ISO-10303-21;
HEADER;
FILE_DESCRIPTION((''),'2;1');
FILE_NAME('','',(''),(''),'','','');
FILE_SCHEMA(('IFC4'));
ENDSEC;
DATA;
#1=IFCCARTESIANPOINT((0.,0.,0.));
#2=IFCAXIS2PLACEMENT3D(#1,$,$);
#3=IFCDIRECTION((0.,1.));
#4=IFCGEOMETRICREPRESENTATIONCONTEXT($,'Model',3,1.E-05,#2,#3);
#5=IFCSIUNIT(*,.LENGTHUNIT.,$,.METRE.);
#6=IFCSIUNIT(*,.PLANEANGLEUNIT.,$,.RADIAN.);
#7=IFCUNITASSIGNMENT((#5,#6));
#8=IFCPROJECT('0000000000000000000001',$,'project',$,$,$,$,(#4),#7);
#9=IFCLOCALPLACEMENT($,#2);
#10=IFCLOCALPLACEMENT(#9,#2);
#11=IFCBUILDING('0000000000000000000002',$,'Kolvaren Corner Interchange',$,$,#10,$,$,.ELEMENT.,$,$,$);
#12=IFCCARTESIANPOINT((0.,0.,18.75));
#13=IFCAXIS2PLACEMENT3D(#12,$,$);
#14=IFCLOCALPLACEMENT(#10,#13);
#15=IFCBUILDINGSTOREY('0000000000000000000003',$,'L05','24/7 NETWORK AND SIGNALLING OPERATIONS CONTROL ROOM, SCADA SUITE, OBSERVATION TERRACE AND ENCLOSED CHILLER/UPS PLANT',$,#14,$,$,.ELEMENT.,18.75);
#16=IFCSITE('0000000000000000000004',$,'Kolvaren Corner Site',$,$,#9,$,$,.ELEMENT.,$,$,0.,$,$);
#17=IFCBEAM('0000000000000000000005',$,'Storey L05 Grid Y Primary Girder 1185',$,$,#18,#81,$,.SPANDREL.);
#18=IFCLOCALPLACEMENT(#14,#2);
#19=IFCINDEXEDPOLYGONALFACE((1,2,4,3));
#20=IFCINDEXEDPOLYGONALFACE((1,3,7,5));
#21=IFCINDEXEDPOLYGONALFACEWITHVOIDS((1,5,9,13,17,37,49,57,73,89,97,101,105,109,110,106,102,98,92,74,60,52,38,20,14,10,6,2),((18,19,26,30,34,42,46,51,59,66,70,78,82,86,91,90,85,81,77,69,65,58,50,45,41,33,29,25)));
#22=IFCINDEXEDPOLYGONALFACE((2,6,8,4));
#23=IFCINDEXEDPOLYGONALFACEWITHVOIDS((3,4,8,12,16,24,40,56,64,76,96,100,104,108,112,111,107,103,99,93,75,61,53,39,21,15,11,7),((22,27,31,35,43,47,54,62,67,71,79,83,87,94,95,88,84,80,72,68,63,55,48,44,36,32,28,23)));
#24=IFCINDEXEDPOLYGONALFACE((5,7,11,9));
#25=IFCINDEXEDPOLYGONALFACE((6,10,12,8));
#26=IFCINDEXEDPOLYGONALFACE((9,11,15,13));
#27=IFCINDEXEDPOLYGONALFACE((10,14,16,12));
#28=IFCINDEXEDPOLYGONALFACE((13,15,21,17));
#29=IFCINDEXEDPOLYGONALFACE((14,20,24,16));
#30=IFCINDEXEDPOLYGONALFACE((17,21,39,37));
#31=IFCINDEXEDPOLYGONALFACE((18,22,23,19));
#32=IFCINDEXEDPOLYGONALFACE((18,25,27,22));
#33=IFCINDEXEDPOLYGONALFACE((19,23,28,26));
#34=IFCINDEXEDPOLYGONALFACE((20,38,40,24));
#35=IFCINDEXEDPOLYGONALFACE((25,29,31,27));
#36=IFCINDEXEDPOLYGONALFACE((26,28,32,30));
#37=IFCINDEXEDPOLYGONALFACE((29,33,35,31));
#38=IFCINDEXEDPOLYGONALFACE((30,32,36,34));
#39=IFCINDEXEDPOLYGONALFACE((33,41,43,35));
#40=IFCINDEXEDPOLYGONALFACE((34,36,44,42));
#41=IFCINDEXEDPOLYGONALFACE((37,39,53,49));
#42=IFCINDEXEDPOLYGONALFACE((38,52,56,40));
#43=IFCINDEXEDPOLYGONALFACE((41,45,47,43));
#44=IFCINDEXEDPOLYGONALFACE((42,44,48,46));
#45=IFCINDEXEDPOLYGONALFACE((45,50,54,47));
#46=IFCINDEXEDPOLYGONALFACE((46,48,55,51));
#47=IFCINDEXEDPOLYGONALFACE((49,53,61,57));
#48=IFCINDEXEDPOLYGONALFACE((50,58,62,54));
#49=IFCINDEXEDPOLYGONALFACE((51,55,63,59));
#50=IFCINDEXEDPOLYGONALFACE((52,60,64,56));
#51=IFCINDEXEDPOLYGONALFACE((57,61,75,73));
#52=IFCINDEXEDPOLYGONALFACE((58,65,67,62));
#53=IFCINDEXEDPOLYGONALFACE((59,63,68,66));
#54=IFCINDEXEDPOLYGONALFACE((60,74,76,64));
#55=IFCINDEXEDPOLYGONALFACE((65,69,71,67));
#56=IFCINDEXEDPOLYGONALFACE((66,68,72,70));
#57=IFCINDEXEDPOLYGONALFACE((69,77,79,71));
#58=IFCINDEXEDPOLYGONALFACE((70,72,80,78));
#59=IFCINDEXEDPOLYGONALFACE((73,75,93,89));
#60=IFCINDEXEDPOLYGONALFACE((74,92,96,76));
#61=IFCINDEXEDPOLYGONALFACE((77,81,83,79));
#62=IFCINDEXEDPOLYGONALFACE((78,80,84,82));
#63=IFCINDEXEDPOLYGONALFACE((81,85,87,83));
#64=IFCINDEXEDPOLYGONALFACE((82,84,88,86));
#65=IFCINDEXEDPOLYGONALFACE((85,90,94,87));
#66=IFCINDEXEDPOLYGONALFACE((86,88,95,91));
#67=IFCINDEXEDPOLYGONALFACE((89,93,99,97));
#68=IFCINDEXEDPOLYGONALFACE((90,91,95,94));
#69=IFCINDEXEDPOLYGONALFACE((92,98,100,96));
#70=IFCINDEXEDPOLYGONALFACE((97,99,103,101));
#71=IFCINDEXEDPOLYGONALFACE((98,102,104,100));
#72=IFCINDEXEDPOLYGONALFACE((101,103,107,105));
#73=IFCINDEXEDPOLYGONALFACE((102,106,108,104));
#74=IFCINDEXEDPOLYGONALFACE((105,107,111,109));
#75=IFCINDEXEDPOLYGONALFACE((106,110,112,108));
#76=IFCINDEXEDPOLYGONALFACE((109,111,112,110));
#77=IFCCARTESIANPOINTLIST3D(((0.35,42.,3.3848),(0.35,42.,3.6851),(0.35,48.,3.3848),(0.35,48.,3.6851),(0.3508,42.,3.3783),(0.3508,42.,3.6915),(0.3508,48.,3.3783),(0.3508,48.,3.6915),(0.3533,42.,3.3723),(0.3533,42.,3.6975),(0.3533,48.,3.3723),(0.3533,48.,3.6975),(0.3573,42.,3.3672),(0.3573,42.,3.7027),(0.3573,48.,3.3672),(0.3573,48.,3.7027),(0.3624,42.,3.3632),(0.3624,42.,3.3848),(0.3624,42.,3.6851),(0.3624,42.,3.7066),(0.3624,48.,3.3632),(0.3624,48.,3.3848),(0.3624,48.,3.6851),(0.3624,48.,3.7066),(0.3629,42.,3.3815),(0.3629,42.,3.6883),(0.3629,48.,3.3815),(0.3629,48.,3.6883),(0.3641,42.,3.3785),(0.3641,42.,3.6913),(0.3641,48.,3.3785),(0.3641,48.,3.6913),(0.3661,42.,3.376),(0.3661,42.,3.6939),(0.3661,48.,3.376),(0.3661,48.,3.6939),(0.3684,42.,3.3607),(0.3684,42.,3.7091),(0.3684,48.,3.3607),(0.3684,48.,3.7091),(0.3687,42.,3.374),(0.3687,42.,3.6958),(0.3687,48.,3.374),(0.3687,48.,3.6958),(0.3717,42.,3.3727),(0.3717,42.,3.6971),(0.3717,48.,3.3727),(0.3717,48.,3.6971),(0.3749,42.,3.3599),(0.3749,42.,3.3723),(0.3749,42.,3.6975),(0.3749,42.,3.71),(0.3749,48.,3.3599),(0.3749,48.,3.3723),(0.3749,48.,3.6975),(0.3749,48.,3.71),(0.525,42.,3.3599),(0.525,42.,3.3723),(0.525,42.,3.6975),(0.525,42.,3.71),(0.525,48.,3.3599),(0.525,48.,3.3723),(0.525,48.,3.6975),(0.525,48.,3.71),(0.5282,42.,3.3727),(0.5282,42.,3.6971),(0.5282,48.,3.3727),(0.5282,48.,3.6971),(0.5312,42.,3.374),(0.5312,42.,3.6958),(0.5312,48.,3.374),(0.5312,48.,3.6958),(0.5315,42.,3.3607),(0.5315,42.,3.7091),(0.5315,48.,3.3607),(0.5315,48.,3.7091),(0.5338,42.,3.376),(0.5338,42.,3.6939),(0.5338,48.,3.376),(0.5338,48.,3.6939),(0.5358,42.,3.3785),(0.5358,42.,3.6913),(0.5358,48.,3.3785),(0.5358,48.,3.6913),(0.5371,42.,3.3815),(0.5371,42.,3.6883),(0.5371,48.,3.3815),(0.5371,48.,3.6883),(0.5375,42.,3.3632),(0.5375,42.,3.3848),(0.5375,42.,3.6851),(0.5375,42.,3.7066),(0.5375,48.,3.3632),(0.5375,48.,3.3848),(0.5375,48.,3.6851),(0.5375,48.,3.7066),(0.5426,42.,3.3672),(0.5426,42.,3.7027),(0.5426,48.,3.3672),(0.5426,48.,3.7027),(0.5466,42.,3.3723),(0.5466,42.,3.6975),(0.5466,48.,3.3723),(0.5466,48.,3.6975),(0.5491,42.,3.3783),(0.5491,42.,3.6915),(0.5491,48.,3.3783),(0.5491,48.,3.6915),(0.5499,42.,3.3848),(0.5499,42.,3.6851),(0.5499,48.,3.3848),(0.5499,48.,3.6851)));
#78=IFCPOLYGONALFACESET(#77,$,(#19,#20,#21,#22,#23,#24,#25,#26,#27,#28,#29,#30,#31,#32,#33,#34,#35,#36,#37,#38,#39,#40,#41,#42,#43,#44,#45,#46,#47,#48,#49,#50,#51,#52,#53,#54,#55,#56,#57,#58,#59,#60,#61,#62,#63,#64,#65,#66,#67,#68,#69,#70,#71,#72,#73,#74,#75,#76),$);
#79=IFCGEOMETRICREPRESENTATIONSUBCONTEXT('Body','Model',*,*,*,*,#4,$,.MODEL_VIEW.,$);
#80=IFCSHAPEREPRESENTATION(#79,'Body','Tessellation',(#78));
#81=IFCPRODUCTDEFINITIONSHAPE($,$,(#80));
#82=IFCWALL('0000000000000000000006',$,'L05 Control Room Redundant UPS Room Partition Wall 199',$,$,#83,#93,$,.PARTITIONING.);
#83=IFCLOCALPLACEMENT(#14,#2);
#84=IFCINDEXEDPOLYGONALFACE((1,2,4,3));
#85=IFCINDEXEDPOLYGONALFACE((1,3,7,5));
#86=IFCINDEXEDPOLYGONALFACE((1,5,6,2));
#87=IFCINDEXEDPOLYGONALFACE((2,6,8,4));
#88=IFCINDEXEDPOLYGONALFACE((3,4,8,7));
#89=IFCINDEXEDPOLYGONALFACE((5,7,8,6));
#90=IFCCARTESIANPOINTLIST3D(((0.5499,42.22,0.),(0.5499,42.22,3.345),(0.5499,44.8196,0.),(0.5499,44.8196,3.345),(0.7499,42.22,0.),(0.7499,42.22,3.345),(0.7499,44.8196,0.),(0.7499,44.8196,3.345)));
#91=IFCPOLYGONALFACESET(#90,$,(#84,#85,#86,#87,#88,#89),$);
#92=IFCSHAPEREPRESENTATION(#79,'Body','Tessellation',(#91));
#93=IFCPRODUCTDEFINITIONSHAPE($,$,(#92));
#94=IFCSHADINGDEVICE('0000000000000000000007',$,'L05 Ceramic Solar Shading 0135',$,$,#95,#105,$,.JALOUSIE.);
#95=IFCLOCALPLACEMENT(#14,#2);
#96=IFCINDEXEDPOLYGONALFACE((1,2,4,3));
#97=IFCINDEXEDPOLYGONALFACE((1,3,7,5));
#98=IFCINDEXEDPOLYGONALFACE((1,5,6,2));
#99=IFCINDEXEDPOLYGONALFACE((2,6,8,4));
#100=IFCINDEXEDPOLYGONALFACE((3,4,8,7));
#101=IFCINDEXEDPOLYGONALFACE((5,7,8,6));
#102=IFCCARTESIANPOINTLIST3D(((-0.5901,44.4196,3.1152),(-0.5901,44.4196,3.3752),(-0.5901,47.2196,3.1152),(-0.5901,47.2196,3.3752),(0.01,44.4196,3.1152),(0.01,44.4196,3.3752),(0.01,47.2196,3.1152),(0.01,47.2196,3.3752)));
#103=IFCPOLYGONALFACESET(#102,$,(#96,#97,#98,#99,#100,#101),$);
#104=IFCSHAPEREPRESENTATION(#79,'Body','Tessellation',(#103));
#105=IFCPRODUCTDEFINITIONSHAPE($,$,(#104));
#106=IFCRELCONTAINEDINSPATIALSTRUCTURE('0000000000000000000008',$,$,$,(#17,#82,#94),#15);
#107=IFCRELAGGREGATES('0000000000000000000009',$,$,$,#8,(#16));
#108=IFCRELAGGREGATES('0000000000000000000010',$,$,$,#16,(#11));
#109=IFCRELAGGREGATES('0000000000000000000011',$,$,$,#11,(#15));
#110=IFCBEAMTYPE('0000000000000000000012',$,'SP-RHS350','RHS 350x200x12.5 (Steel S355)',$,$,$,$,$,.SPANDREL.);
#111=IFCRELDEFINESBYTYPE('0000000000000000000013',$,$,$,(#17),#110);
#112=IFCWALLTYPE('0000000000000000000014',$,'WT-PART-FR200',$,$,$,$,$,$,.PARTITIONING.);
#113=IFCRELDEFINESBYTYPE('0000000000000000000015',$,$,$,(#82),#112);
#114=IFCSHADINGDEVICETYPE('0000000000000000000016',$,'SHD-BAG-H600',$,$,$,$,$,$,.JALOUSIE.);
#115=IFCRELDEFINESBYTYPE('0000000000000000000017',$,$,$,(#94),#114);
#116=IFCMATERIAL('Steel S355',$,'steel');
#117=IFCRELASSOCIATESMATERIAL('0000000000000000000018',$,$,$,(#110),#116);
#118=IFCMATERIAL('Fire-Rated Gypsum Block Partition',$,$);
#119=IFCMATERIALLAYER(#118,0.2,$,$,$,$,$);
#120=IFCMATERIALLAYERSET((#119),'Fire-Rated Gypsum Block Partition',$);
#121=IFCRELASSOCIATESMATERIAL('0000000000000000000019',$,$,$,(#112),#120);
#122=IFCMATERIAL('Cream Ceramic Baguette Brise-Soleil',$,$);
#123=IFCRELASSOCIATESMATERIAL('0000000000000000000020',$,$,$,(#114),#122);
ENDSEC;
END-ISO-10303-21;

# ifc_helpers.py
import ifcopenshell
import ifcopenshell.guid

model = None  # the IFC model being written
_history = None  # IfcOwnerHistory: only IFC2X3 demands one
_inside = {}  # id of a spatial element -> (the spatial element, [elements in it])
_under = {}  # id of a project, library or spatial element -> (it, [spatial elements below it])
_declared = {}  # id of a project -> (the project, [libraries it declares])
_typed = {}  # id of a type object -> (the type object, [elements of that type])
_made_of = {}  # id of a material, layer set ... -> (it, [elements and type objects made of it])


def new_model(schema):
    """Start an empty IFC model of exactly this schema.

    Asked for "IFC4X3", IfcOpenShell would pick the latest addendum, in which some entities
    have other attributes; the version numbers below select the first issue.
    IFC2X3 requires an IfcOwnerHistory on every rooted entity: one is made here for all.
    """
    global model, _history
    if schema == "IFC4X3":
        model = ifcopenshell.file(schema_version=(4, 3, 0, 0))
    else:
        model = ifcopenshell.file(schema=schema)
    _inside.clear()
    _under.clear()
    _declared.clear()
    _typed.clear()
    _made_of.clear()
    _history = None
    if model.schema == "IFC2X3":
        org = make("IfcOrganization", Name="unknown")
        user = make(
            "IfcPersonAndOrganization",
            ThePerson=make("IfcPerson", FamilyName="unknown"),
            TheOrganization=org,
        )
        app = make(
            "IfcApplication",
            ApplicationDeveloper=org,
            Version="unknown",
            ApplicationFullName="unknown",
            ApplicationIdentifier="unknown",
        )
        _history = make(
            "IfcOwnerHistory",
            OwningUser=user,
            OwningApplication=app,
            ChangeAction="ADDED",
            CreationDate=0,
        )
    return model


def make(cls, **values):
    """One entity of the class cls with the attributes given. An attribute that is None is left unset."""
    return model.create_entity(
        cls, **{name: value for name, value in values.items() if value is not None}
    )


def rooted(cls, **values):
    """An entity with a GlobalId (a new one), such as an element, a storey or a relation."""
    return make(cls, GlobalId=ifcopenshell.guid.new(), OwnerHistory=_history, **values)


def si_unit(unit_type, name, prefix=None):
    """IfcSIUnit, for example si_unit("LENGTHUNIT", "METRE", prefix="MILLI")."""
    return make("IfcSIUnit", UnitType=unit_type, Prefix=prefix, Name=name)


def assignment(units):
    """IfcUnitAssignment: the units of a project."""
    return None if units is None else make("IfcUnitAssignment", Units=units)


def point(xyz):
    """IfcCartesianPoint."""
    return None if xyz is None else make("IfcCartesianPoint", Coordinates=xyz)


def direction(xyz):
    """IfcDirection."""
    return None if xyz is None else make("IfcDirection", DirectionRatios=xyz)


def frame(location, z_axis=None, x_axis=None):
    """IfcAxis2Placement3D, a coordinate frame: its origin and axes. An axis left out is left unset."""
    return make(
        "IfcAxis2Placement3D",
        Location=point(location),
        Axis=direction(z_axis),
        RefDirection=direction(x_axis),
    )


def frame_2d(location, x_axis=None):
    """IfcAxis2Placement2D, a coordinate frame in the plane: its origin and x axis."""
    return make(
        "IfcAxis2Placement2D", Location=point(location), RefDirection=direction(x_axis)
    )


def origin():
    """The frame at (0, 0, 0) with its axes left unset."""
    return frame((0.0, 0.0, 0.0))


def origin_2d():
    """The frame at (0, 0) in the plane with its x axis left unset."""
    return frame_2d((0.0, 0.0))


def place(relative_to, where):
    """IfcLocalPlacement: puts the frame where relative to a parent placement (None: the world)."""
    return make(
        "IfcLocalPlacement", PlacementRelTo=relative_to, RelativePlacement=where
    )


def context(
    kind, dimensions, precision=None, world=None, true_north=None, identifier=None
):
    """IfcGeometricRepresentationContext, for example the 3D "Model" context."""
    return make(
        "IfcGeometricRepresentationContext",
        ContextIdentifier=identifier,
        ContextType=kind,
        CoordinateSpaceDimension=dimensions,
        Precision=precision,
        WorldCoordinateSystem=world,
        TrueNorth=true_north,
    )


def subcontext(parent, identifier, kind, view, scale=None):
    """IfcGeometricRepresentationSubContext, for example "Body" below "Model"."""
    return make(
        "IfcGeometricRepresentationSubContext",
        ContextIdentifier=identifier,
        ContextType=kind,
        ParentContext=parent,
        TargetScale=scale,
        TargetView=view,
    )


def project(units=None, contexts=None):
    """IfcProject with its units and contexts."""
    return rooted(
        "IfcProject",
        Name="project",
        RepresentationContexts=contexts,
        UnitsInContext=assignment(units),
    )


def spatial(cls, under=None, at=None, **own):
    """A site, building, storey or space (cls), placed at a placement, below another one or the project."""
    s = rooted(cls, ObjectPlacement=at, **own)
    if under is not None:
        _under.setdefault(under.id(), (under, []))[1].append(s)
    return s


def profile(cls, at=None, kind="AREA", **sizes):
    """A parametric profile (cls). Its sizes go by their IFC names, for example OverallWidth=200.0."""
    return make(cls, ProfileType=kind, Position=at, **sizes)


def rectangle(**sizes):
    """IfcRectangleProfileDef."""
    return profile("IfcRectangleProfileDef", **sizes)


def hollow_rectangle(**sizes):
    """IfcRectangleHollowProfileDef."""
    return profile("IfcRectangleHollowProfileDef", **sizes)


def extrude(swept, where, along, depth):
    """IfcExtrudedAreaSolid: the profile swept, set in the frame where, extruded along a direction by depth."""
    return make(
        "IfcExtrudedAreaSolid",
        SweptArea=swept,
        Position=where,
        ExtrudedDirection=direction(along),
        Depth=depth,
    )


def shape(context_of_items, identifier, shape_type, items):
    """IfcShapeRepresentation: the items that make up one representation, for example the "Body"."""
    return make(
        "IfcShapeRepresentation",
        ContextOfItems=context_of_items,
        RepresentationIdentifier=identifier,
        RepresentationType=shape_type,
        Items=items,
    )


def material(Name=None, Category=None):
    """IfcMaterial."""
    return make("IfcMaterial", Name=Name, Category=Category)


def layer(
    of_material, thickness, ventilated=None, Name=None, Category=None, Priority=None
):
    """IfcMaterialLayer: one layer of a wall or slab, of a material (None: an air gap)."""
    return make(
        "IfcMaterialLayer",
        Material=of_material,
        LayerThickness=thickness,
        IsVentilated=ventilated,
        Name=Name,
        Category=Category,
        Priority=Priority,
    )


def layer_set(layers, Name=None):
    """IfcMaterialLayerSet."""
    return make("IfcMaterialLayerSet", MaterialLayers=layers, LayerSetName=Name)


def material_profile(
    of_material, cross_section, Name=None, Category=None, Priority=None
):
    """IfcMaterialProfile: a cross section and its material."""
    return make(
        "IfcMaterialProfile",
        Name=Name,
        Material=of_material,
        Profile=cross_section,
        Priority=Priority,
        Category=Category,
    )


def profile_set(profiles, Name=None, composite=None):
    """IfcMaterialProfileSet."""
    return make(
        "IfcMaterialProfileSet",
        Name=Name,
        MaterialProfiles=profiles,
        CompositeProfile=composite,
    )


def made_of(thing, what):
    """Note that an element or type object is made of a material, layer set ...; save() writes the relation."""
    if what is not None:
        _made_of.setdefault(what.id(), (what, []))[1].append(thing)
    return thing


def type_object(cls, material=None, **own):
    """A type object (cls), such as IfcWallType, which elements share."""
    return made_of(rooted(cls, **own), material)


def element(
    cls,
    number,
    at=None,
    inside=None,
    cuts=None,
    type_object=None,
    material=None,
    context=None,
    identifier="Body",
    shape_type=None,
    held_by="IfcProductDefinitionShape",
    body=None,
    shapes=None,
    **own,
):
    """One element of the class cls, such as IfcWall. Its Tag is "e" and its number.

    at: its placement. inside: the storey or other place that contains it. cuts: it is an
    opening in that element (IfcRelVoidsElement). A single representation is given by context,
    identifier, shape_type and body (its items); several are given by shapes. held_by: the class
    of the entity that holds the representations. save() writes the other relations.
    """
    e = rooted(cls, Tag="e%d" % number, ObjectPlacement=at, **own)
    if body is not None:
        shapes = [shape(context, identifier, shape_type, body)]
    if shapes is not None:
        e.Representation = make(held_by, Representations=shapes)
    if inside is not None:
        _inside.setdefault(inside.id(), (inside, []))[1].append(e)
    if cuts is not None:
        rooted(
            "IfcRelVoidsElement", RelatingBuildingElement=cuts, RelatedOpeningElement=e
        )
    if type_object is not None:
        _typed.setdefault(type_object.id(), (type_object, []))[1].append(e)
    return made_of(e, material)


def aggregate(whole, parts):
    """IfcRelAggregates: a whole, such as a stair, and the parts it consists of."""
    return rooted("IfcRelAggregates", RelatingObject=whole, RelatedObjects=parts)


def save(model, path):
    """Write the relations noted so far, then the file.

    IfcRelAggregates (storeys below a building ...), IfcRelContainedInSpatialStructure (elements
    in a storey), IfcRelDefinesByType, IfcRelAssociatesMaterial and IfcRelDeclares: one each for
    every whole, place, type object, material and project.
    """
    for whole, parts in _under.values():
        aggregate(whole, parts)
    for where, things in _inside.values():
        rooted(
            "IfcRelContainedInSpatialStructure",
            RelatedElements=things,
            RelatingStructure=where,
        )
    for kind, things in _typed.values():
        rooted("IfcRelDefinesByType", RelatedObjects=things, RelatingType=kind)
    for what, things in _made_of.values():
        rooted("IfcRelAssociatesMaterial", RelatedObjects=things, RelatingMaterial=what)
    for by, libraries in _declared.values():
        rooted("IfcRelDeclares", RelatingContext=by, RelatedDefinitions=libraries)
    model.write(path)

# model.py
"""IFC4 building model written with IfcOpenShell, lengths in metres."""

from ifc_helpers import new_model, si_unit, direction, frame, frame_2d, origin, origin_2d, place, context, subcontext, project, spatial, rectangle, hollow_rectangle, extrude, material, layer, layer_set, material_profile, profile_set, type_object, element, save


model = new_model("IFC4")

# Units and contexts
model_context = context("Model", 3, precision=1e-05, world=origin(), true_north=direction((0.0, 1.0)))
body_context = subcontext(model_context, "Body", "Model", "MODEL_VIEW")
ifc_project = project(units=[si_unit("LENGTHUNIT", "METRE"), si_unit("PLANEANGLEUNIT", "RADIAN")], contexts=[model_context])

# Site, building, storey
site_placement = place(None, origin())
site = spatial("IfcSite", under=ifc_project, at=site_placement, Name="Kolvaren Corner Site", CompositionType="ELEMENT", RefElevation=0.0)
building_placement = place(site_placement, origin())
building = spatial("IfcBuilding", under=site, at=building_placement, Name="Kolvaren Corner Interchange", CompositionType="ELEMENT")
storey_placement = place(building_placement, frame((0.0, 0.0, 18.75)))
storey = spatial("IfcBuildingStorey", under=building, at=storey_placement, Name="L05", Description="24/7 NETWORK AND SIGNALLING OPERATIONS CONTROL ROOM, SCADA SUITE, OBSERVATION TERRACE AND ENCLOSED CHILLER/UPS PLANT", CompositionType="ELEMENT", Elevation=18.75)

# Beam
ifc_material_1 = material(Name="Steel S355", Category="steel")
ifc_material_profile_1 = material_profile(ifc_material_1, hollow_rectangle(XDim=0.2, YDim=0.3501, WallThickness=0.0125, InnerFilletRadius=0.0125, OuterFilletRadius=0.0249, at=origin_2d()), Name="RHS 350x200x12.5")
ifc_profile_set_1 = profile_set([ifc_material_profile_1], Name="Steel S355")
beam_type_1 = type_object("IfcBeamType", Name="SP-RHS350", Description="RHS 350x200x12.5 (Steel S355)", PredefinedType="SPANDREL", material=ifc_profile_set_1)
beam_1_placement = place(storey_placement, frame((0.45, 42.0, 3.5349), z_axis=(0.0, 1.0, 0.0), x_axis=(-1.0, 0.0, 0.0)))
element("IfcBeam", 1, at=beam_1_placement, inside=storey, type_object=beam_type_1, Name="Storey L05 Grid Y Primary Girder 1185", PredefinedType="SPANDREL", context=body_context, shape_type="SweptSolid", body=[
    extrude(hollow_rectangle(XDim=0.2, YDim=0.3501, WallThickness=0.0125, InnerFilletRadius=0.0125, OuterFilletRadius=0.0249, at=origin_2d()), origin(), (0.0, 0.0, 1.0), 6.0),
])

# Shared definitions
ifc_material_2 = material(Name="Fire-Rated Gypsum Block Partition")
ifc_layer = layer(ifc_material_2, 0.2)
ifc_layer_set = layer_set([ifc_layer], Name="Fire-Rated Gypsum Block Partition")
wall_type = type_object("IfcWallType", Name="WT-PART-FR200", PredefinedType="PARTITIONING", material=ifc_layer_set)

# Wall
wall_1_placement = place(storey_placement, frame((0.6499, 44.8196, 0.0), z_axis=(0.0, 0.0, 1.0), x_axis=(0.0, -1.0, 0.0)))
element("IfcWall", 2, at=wall_1_placement, inside=storey, type_object=wall_type, Name="L05 Control Room Redundant UPS Room Partition Wall 199", PredefinedType="PARTITIONING", context=body_context, shape_type="SweptSolid", body=[
    extrude(rectangle(XDim=2.5996, YDim=0.2, at=frame_2d((1.2998, 0.0))), origin(), (0.0, 0.0, 1.0), 3.345),
])

# Shading device
ifc_material_3 = material(Name="Cream Ceramic Baguette Brise-Soleil")
shading_device_type = type_object("IfcShadingDeviceType", Name="SHD-BAG-H600", PredefinedType="JALOUSIE", material=ifc_material_3)
shading_device_placement = place(storey_placement, frame((-0.29, 45.8196, 3.1152), z_axis=(0.0, 0.0, 1.0), x_axis=(0.0, -1.0, 0.0)))
element("IfcShadingDevice", 3, at=shading_device_placement, inside=storey, type_object=shading_device_type, Name="L05 Ceramic Solar Shading 0135", PredefinedType="JALOUSIE", context=body_context, shape_type="SweptSolid", body=[
    extrude(rectangle(XDim=2.8, YDim=0.6001, at=origin_2d()), origin(), (0.0, 0.0, 1.0), 0.26),
])

save(model, "model.ifc")
